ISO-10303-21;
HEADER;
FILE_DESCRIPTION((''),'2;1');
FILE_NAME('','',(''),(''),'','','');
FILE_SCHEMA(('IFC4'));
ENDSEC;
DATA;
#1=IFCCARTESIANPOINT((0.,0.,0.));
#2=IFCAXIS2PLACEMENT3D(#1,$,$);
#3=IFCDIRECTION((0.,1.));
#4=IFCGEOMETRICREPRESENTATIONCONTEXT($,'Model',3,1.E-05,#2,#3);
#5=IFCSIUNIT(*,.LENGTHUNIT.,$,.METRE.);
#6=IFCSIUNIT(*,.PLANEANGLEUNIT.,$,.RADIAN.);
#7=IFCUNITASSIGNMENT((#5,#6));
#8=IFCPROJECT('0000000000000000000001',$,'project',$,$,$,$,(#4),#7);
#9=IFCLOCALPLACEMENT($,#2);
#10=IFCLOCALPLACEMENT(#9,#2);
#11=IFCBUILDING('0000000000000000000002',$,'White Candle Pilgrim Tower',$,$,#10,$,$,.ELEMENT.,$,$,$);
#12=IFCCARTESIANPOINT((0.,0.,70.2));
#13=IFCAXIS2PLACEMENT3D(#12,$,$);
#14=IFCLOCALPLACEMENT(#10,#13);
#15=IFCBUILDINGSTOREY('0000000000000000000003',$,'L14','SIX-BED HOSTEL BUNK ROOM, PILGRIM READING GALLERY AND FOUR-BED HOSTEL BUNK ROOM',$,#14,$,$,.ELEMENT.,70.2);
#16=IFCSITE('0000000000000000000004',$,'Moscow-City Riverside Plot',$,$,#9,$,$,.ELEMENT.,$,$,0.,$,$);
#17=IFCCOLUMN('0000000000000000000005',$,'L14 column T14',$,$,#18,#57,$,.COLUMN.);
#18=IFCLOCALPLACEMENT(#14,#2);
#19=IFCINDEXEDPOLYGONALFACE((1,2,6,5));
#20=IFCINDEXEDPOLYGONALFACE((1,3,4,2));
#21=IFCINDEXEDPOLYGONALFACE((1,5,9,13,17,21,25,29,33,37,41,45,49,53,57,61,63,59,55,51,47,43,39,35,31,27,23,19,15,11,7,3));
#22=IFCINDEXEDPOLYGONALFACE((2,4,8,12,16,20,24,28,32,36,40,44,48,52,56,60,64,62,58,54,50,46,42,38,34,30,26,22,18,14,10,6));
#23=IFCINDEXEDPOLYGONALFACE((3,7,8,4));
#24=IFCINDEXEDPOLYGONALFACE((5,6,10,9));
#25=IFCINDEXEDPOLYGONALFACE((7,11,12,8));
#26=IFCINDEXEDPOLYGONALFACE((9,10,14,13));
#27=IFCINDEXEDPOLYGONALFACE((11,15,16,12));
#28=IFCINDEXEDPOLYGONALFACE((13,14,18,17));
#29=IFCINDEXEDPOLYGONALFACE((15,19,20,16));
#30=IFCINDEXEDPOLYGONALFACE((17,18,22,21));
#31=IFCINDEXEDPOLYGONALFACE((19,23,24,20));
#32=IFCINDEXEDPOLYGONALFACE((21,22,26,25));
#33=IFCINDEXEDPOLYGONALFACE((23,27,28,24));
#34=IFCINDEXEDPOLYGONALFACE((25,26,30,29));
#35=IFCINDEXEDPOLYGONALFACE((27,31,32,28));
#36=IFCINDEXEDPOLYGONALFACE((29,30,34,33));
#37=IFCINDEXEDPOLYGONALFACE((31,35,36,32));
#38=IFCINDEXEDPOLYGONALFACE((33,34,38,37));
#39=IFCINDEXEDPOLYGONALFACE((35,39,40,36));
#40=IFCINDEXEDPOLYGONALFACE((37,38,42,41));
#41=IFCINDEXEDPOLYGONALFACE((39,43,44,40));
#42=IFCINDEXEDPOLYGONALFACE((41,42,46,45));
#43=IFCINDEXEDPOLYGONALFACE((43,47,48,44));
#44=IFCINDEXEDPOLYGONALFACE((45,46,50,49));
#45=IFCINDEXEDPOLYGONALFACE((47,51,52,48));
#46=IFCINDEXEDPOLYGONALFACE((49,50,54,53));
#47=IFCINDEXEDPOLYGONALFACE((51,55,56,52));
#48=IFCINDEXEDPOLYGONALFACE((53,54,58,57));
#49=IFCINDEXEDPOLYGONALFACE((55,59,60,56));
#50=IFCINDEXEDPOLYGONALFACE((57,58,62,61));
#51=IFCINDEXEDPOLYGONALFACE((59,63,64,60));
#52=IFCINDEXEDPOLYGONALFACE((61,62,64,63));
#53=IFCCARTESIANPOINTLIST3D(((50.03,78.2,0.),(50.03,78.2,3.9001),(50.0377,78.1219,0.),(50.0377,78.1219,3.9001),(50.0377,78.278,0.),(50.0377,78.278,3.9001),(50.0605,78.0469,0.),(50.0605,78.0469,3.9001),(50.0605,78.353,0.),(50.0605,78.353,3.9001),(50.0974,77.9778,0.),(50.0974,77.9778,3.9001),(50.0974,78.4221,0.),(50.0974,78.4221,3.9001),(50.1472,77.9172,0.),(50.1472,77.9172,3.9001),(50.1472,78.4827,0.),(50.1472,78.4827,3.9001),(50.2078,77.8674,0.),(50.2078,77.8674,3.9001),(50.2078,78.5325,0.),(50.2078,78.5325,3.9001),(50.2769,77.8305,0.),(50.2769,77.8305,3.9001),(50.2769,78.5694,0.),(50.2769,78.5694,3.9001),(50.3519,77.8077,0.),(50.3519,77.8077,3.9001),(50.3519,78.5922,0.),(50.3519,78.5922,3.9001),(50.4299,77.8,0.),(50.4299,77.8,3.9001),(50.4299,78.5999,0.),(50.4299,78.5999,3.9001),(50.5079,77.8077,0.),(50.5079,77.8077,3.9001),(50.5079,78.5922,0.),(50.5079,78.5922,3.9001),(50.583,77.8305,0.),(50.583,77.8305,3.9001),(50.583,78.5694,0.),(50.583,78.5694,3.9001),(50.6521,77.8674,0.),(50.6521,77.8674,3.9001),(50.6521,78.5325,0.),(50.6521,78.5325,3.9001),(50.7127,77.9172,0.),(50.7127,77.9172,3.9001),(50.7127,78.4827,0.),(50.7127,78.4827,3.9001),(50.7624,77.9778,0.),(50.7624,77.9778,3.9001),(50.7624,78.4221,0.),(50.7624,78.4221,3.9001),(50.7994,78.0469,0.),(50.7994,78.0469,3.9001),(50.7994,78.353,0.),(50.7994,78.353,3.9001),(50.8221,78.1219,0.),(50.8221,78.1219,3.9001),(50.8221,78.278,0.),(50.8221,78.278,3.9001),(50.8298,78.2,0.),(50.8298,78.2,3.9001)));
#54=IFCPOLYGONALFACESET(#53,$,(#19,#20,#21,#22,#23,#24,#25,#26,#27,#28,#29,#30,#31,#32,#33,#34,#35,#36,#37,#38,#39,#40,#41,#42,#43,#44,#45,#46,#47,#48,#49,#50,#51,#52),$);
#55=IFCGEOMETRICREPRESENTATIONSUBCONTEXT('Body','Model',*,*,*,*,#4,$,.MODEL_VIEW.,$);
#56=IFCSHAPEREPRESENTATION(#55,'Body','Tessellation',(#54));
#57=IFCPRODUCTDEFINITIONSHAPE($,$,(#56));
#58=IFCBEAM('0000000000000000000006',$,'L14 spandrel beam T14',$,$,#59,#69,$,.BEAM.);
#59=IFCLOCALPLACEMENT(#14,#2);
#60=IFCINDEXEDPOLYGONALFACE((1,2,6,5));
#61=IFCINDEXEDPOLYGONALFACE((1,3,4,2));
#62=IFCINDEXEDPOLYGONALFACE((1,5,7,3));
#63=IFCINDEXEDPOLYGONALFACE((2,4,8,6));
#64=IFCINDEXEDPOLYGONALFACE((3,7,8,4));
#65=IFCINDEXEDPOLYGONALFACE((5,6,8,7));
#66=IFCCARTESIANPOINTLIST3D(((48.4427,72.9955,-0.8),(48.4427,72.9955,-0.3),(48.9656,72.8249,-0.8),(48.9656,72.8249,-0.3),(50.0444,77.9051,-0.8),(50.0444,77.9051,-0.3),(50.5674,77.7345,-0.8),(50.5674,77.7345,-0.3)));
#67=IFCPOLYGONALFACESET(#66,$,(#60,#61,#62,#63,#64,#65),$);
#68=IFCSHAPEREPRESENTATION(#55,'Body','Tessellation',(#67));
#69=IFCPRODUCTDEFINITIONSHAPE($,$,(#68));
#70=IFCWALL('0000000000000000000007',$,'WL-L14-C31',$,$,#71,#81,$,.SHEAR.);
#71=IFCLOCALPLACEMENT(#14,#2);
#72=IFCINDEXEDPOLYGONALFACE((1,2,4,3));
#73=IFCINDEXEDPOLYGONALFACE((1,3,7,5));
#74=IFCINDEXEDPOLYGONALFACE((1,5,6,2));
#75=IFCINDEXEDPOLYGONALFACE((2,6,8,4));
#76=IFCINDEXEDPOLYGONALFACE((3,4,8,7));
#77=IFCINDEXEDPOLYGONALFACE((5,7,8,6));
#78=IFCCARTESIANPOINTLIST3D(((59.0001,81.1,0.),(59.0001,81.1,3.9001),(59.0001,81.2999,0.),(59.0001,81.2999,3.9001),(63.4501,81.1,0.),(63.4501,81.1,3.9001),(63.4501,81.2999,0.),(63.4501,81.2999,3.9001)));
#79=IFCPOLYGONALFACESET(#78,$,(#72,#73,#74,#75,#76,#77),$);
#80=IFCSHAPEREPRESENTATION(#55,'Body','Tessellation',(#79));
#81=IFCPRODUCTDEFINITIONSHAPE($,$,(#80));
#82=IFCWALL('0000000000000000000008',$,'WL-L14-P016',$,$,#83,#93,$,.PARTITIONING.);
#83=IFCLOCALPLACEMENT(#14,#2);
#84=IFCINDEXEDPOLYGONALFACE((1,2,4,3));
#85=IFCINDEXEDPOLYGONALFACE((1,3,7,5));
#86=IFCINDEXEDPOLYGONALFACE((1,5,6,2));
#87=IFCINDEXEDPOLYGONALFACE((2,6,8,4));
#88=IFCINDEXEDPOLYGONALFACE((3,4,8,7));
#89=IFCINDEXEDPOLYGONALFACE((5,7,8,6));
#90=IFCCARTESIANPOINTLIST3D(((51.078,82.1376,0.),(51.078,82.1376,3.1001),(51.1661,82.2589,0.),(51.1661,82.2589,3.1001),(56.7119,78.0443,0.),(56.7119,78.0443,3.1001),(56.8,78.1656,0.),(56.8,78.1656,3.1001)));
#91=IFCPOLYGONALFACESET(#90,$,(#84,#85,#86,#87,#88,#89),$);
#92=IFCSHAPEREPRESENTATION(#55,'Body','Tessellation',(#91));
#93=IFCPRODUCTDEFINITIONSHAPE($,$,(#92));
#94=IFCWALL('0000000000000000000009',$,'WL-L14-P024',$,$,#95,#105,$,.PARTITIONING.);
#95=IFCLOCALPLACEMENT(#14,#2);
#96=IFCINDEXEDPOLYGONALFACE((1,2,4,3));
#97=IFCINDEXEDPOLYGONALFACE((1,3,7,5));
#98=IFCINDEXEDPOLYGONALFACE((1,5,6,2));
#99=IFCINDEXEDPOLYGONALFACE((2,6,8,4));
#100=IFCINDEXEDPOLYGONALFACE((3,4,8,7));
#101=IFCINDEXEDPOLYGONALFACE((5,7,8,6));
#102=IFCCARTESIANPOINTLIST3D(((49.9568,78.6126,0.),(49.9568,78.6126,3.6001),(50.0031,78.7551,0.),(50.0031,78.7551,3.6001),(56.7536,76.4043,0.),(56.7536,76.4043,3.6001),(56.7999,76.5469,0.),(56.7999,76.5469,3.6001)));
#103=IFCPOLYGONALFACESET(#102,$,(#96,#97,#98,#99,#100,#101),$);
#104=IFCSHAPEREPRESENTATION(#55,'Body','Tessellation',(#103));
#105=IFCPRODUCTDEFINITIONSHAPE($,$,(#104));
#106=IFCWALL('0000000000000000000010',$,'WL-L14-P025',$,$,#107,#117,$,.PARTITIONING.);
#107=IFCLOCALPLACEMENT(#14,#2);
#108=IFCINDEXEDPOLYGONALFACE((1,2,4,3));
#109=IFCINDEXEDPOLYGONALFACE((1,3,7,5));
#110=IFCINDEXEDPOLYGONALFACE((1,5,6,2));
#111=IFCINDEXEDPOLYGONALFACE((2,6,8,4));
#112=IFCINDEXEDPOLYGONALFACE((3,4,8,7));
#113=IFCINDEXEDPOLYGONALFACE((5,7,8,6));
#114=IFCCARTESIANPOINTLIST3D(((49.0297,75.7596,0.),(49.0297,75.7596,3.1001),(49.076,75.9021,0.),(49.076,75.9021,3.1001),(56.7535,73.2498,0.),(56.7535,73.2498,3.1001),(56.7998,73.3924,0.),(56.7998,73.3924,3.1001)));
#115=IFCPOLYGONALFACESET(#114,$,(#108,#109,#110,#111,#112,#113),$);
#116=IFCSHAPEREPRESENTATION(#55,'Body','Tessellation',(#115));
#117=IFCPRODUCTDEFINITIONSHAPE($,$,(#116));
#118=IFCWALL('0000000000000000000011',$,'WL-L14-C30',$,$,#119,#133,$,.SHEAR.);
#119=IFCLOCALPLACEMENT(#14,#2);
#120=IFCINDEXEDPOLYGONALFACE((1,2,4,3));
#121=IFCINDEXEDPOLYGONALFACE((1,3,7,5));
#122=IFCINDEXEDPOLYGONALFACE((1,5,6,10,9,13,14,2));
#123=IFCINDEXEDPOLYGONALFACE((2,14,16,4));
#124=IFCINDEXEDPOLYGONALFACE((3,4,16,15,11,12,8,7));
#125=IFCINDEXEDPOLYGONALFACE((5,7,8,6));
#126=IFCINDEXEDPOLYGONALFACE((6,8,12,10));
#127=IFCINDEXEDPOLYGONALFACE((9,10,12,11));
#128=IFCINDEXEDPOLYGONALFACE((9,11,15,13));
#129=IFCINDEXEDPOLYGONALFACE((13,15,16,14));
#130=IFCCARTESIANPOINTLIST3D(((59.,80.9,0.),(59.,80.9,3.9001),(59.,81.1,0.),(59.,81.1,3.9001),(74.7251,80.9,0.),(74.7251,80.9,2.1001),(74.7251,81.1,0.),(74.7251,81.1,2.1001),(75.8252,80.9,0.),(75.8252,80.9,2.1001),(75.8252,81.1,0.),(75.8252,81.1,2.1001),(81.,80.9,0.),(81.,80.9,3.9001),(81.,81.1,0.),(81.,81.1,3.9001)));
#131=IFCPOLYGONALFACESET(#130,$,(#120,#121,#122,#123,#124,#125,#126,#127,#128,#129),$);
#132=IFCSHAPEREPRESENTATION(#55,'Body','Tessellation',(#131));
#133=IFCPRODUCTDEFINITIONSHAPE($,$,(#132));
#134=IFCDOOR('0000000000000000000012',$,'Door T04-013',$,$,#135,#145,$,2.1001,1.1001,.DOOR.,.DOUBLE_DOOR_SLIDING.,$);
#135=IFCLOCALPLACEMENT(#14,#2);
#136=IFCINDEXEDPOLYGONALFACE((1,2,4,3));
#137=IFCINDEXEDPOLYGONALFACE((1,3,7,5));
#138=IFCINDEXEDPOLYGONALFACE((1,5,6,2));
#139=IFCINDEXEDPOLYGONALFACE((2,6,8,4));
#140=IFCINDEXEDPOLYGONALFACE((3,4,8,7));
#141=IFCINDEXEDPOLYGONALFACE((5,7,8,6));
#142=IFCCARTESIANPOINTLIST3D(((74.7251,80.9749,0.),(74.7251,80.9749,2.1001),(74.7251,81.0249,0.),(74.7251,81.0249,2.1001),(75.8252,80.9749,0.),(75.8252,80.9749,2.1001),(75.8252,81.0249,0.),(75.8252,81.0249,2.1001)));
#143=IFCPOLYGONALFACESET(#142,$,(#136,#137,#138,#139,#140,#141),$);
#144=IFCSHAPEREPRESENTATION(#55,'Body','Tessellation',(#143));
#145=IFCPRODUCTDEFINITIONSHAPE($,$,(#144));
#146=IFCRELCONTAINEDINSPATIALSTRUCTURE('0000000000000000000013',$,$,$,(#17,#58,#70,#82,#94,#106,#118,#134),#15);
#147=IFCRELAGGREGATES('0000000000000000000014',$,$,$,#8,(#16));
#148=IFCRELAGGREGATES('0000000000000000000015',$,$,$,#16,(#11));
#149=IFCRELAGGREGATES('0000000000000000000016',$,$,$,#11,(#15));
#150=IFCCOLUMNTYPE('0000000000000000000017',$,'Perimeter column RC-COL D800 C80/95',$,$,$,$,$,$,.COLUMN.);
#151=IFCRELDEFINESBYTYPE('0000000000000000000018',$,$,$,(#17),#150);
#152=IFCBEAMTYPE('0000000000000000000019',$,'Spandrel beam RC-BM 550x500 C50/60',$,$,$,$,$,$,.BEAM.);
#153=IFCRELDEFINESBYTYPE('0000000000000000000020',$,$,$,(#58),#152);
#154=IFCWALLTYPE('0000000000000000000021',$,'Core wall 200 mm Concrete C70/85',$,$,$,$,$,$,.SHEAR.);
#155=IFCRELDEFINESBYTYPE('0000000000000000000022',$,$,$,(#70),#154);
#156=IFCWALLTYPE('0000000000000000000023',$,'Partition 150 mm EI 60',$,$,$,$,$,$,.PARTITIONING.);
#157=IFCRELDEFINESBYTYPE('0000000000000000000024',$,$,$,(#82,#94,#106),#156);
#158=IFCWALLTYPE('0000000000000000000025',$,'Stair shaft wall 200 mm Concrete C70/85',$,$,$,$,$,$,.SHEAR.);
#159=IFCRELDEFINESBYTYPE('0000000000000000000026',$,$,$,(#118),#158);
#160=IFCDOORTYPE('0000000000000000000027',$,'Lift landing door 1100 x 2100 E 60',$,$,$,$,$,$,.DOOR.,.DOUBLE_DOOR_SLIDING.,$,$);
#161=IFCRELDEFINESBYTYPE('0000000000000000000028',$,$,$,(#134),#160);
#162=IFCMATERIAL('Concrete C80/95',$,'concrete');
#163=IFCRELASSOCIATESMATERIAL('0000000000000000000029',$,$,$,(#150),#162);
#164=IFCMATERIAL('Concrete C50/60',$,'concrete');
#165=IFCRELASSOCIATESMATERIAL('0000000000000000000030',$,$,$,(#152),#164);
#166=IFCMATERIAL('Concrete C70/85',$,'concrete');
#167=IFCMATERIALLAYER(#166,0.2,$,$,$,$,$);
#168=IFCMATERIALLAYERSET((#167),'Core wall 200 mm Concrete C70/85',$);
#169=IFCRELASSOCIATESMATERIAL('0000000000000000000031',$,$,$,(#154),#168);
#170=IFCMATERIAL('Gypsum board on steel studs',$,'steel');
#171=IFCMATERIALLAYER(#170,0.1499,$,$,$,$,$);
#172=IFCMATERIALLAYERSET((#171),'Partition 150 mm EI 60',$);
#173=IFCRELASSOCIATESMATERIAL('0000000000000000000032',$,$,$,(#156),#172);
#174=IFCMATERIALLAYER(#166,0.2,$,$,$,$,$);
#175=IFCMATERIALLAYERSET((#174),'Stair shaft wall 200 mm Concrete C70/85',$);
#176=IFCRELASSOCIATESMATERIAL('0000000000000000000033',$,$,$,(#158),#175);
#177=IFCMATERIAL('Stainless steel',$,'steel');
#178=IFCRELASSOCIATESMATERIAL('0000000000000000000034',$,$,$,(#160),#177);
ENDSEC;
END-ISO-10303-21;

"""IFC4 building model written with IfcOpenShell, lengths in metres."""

from ifc_helpers import new_model, si_unit, direction, frame, frame_2d, origin, origin_2d, place, context, subcontext, project, spatial, rectangle, circle, extrude, material, layer, layer_set, material_profile, profile_set, type_object, element, fill, save


model = new_model("IFC4")

# Units and contexts
model_context = context("Model", 3, precision=1e-05, world=origin(), true_north=direction((0.0, 1.0)))
body_context = subcontext(model_context, "Body", "Model", "MODEL_VIEW")
ifc_project = project(units=[si_unit("LENGTHUNIT", "METRE"), si_unit("PLANEANGLEUNIT", "RADIAN")], contexts=[model_context])

# Site, building, storey
site_placement = place(None, origin())
site = spatial("IfcSite", under=ifc_project, at=site_placement, Name="Moscow-City Riverside Plot", CompositionType="ELEMENT", RefElevation=0.0)
building_placement = place(site_placement, origin())
building = spatial("IfcBuilding", under=site, at=building_placement, Name="White Candle Pilgrim Tower", CompositionType="ELEMENT")
storey_placement = place(building_placement, frame((0.0, 0.0, 70.2)))
storey = spatial("IfcBuildingStorey", under=building, at=storey_placement, Name="L14", Description="SIX-BED HOSTEL BUNK ROOM, PILGRIM READING GALLERY AND FOUR-BED HOSTEL BUNK ROOM", CompositionType="ELEMENT", Elevation=70.2)

# Column
ifc_material_1 = material(Name="Concrete C80/95", Category="concrete")
ifc_material_profile_1 = material_profile(ifc_material_1, circle(Radius=0.3999, at=origin_2d()), Name="RC-COL D800")
ifc_profile_set_1 = profile_set([ifc_material_profile_1], Name="Concrete C80/95")
column_type = type_object("IfcColumnType", Name="Perimeter column RC-COL D800 C80/95", PredefinedType="COLUMN", material=ifc_profile_set_1)
column_placement = place(storey_placement, frame((50.4299, 78.2, 0.0), z_axis=(0.0, 0.0, 1.0), x_axis=(1.0, 0.0, 0.0)))
element("IfcColumn", 1, at=column_placement, inside=storey, type_object=column_type, Name="L14 column T14", PredefinedType="COLUMN", context=body_context, shape_type="SweptSolid", body=[
    extrude(circle(Radius=0.3999, at=origin_2d()), origin(), (0.0, 0.0, 1.0), 3.9001),
])

# Beam
ifc_material_2 = material(Name="Concrete C50/60", Category="concrete")
ifc_material_profile_2 = material_profile(ifc_material_2, rectangle(XDim=0.55, YDim=0.5, at=origin_2d()), Name="RC-BM 550x500")
ifc_profile_set_2 = profile_set([ifc_material_profile_2], Name="Concrete C50/60")
beam_type = type_object("IfcBeamType", Name="Spandrel beam RC-BM 550x500 C50/60", PredefinedType="BEAM", material=ifc_profile_set_2)
beam_placement = place(storey_placement, frame((50.3059, 77.8198, -0.55), z_axis=(-0.310166, -0.950683, 0.0), x_axis=(0.950683, -0.310166, 0.0)))
element("IfcBeam", 2, at=beam_placement, inside=storey, type_object=beam_type, Name="L14 spandrel beam T14", PredefinedType="BEAM", context=body_context, shape_type="SweptSolid", body=[
    extrude(rectangle(XDim=0.55, YDim=0.5, at=origin_2d()), origin(), (0.0, 0.0, 1.0), 5.1643),
])

# Walls
ifc_material_3 = material(Name="Concrete C70/85", Category="concrete")
ifc_layer_1 = layer(ifc_material_3, 0.2)
ifc_layer_set_1 = layer_set([ifc_layer_1], Name="Core wall 200 mm Concrete C70/85")
wall_type_1 = type_object("IfcWallType", Name="Core wall 200 mm Concrete C70/85", PredefinedType="SHEAR", material=ifc_layer_set_1)
wall_1_placement = place(storey_placement, frame((59.0, 81.2, 0.0), z_axis=(0.0, 0.0, 1.0), x_axis=(1.0, 0.0, 0.0)))
element("IfcWall", 3, at=wall_1_placement, inside=storey, type_object=wall_type_1, Name="WL-L14-C31", PredefinedType="SHEAR", context=body_context, shape_type="SweptSolid", body=[
    extrude(rectangle(XDim=4.45, YDim=0.2, at=frame_2d((2.2251, 0.0))), origin(), (0.0, 0.0, 1.0), 3.9001),
])
ifc_material_4 = material(Name="Gypsum board on steel studs", Category="steel")
ifc_layer_2 = layer(ifc_material_4, 0.1499)
ifc_layer_set_2 = layer_set([ifc_layer_2], Name="Partition 150 mm EI 60")
wall_type_2 = type_object("IfcWallType", Name="Partition 150 mm EI 60", PredefinedType="PARTITIONING", material=ifc_layer_set_2)
wall_2_placement = place(storey_placement, frame((51.1221, 82.1982, 0.0), z_axis=(0.0, 0.0, 1.0), x_axis=(0.809012, -0.587792, 0.0)))
element("IfcWall", 4, at=wall_2_placement, inside=storey, type_object=wall_type_2, Name="WL-L14-P016", PredefinedType="PARTITIONING", context=body_context, shape_type="SweptSolid", body=[
    extrude(rectangle(XDim=6.9639, YDim=0.1499, at=frame_2d((3.4819, 0.0))), origin(), (0.0, 0.0, 1.0), 3.1001),
])
wall_3_placement = place(storey_placement, frame((49.98, 78.6838, 0.0), z_axis=(0.0, 0.0, 1.0), x_axis=(0.951064, -0.308993, 0.0)))
element("IfcWall", 5, at=wall_3_placement, inside=storey, type_object=wall_type_2, Name="WL-L14-P024", PredefinedType="PARTITIONING", context=body_context, shape_type="SweptSolid", body=[
    extrude(rectangle(XDim=7.1465, YDim=0.1499, at=frame_2d((3.5732, 0.0))), origin(), (0.0, 0.0, 1.0), 3.6001),
])
wall_4_placement = place(storey_placement, frame((49.053, 75.8308, 0.0), z_axis=(0.0, 0.0, 1.0), x_axis=(0.951052, -0.309031, 0.0)))
element("IfcWall", 6, at=wall_4_placement, inside=storey, type_object=wall_type_2, Name="WL-L14-P025", PredefinedType="PARTITIONING", context=body_context, shape_type="SweptSolid", body=[
    extrude(rectangle(XDim=8.1213, YDim=0.1499, at=frame_2d((4.0605, 0.0))), origin(), (0.0, 0.0, 1.0), 3.1001),
])

# Wall, opening, door
ifc_layer_3 = layer(ifc_material_3, 0.2)
ifc_layer_set_3 = layer_set([ifc_layer_3], Name="Stair shaft wall 200 mm Concrete C70/85")
wall_type_3 = type_object("IfcWallType", Name="Stair shaft wall 200 mm Concrete C70/85", PredefinedType="SHEAR", material=ifc_layer_set_3)
wall_5_placement = place(storey_placement, frame((59.0, 81.0, 0.0), z_axis=(0.0, 0.0, 1.0), x_axis=(1.0, 0.0, 0.0)))
wall_5 = element("IfcWall", 7, at=wall_5_placement, inside=storey, type_object=wall_type_3, Name="WL-L14-C30", PredefinedType="SHEAR", context=body_context, shape_type="SweptSolid", body=[
    extrude(rectangle(XDim=22.0, YDim=0.2, at=frame_2d((11.0, 0.0))), origin(), (0.0, 0.0, 1.0), 3.9001),
])
opening_placement = place(wall_5_placement, frame((15.7251, 0.0, 0.0)))
opening = element("IfcOpeningElement", 8, at=opening_placement, cuts=wall_5, PredefinedType="OPENING", context=body_context, shape_type="SweptSolid", body=[
    extrude(rectangle(XDim=1.1001, YDim=2.1001, at=frame_2d((0.55, 1.05))), frame((0.0, 0.1099, 0.0), z_axis=(0.0, -1.0, 0.0), x_axis=(1.0, 0.0, 0.0)), (0.0, 0.0, 1.0), 0.22),
])
ifc_material_5 = material(Name="Stainless steel", Category="steel")
door_type = type_object("IfcDoorType", Name="Lift landing door 1100 x 2100 E 60", OperationType="DOUBLE_DOOR_SLIDING", PredefinedType="DOOR", material=ifc_material_5)
door_placement = place(opening_placement, origin())
door = element("IfcDoor", 9, at=door_placement, inside=storey, type_object=door_type, Name="Door T04-013", OperationType="DOUBLE_DOOR_SLIDING", OverallHeight=2.1001, OverallWidth=1.1001, PredefinedType="DOOR", context=body_context, shape_type="SweptSolid", body=[
    extrude(rectangle(XDim=1.1001, YDim=2.1001, at=frame_2d((0.55, 1.05))), frame((0.0, 0.0249, 0.0), z_axis=(0.0, -1.0, 0.0), x_axis=(1.0, 0.0, 0.0)), (0.0, 0.0, 1.0), 0.05),
])
fill(opening, door)

save(model, "model.ifc")
